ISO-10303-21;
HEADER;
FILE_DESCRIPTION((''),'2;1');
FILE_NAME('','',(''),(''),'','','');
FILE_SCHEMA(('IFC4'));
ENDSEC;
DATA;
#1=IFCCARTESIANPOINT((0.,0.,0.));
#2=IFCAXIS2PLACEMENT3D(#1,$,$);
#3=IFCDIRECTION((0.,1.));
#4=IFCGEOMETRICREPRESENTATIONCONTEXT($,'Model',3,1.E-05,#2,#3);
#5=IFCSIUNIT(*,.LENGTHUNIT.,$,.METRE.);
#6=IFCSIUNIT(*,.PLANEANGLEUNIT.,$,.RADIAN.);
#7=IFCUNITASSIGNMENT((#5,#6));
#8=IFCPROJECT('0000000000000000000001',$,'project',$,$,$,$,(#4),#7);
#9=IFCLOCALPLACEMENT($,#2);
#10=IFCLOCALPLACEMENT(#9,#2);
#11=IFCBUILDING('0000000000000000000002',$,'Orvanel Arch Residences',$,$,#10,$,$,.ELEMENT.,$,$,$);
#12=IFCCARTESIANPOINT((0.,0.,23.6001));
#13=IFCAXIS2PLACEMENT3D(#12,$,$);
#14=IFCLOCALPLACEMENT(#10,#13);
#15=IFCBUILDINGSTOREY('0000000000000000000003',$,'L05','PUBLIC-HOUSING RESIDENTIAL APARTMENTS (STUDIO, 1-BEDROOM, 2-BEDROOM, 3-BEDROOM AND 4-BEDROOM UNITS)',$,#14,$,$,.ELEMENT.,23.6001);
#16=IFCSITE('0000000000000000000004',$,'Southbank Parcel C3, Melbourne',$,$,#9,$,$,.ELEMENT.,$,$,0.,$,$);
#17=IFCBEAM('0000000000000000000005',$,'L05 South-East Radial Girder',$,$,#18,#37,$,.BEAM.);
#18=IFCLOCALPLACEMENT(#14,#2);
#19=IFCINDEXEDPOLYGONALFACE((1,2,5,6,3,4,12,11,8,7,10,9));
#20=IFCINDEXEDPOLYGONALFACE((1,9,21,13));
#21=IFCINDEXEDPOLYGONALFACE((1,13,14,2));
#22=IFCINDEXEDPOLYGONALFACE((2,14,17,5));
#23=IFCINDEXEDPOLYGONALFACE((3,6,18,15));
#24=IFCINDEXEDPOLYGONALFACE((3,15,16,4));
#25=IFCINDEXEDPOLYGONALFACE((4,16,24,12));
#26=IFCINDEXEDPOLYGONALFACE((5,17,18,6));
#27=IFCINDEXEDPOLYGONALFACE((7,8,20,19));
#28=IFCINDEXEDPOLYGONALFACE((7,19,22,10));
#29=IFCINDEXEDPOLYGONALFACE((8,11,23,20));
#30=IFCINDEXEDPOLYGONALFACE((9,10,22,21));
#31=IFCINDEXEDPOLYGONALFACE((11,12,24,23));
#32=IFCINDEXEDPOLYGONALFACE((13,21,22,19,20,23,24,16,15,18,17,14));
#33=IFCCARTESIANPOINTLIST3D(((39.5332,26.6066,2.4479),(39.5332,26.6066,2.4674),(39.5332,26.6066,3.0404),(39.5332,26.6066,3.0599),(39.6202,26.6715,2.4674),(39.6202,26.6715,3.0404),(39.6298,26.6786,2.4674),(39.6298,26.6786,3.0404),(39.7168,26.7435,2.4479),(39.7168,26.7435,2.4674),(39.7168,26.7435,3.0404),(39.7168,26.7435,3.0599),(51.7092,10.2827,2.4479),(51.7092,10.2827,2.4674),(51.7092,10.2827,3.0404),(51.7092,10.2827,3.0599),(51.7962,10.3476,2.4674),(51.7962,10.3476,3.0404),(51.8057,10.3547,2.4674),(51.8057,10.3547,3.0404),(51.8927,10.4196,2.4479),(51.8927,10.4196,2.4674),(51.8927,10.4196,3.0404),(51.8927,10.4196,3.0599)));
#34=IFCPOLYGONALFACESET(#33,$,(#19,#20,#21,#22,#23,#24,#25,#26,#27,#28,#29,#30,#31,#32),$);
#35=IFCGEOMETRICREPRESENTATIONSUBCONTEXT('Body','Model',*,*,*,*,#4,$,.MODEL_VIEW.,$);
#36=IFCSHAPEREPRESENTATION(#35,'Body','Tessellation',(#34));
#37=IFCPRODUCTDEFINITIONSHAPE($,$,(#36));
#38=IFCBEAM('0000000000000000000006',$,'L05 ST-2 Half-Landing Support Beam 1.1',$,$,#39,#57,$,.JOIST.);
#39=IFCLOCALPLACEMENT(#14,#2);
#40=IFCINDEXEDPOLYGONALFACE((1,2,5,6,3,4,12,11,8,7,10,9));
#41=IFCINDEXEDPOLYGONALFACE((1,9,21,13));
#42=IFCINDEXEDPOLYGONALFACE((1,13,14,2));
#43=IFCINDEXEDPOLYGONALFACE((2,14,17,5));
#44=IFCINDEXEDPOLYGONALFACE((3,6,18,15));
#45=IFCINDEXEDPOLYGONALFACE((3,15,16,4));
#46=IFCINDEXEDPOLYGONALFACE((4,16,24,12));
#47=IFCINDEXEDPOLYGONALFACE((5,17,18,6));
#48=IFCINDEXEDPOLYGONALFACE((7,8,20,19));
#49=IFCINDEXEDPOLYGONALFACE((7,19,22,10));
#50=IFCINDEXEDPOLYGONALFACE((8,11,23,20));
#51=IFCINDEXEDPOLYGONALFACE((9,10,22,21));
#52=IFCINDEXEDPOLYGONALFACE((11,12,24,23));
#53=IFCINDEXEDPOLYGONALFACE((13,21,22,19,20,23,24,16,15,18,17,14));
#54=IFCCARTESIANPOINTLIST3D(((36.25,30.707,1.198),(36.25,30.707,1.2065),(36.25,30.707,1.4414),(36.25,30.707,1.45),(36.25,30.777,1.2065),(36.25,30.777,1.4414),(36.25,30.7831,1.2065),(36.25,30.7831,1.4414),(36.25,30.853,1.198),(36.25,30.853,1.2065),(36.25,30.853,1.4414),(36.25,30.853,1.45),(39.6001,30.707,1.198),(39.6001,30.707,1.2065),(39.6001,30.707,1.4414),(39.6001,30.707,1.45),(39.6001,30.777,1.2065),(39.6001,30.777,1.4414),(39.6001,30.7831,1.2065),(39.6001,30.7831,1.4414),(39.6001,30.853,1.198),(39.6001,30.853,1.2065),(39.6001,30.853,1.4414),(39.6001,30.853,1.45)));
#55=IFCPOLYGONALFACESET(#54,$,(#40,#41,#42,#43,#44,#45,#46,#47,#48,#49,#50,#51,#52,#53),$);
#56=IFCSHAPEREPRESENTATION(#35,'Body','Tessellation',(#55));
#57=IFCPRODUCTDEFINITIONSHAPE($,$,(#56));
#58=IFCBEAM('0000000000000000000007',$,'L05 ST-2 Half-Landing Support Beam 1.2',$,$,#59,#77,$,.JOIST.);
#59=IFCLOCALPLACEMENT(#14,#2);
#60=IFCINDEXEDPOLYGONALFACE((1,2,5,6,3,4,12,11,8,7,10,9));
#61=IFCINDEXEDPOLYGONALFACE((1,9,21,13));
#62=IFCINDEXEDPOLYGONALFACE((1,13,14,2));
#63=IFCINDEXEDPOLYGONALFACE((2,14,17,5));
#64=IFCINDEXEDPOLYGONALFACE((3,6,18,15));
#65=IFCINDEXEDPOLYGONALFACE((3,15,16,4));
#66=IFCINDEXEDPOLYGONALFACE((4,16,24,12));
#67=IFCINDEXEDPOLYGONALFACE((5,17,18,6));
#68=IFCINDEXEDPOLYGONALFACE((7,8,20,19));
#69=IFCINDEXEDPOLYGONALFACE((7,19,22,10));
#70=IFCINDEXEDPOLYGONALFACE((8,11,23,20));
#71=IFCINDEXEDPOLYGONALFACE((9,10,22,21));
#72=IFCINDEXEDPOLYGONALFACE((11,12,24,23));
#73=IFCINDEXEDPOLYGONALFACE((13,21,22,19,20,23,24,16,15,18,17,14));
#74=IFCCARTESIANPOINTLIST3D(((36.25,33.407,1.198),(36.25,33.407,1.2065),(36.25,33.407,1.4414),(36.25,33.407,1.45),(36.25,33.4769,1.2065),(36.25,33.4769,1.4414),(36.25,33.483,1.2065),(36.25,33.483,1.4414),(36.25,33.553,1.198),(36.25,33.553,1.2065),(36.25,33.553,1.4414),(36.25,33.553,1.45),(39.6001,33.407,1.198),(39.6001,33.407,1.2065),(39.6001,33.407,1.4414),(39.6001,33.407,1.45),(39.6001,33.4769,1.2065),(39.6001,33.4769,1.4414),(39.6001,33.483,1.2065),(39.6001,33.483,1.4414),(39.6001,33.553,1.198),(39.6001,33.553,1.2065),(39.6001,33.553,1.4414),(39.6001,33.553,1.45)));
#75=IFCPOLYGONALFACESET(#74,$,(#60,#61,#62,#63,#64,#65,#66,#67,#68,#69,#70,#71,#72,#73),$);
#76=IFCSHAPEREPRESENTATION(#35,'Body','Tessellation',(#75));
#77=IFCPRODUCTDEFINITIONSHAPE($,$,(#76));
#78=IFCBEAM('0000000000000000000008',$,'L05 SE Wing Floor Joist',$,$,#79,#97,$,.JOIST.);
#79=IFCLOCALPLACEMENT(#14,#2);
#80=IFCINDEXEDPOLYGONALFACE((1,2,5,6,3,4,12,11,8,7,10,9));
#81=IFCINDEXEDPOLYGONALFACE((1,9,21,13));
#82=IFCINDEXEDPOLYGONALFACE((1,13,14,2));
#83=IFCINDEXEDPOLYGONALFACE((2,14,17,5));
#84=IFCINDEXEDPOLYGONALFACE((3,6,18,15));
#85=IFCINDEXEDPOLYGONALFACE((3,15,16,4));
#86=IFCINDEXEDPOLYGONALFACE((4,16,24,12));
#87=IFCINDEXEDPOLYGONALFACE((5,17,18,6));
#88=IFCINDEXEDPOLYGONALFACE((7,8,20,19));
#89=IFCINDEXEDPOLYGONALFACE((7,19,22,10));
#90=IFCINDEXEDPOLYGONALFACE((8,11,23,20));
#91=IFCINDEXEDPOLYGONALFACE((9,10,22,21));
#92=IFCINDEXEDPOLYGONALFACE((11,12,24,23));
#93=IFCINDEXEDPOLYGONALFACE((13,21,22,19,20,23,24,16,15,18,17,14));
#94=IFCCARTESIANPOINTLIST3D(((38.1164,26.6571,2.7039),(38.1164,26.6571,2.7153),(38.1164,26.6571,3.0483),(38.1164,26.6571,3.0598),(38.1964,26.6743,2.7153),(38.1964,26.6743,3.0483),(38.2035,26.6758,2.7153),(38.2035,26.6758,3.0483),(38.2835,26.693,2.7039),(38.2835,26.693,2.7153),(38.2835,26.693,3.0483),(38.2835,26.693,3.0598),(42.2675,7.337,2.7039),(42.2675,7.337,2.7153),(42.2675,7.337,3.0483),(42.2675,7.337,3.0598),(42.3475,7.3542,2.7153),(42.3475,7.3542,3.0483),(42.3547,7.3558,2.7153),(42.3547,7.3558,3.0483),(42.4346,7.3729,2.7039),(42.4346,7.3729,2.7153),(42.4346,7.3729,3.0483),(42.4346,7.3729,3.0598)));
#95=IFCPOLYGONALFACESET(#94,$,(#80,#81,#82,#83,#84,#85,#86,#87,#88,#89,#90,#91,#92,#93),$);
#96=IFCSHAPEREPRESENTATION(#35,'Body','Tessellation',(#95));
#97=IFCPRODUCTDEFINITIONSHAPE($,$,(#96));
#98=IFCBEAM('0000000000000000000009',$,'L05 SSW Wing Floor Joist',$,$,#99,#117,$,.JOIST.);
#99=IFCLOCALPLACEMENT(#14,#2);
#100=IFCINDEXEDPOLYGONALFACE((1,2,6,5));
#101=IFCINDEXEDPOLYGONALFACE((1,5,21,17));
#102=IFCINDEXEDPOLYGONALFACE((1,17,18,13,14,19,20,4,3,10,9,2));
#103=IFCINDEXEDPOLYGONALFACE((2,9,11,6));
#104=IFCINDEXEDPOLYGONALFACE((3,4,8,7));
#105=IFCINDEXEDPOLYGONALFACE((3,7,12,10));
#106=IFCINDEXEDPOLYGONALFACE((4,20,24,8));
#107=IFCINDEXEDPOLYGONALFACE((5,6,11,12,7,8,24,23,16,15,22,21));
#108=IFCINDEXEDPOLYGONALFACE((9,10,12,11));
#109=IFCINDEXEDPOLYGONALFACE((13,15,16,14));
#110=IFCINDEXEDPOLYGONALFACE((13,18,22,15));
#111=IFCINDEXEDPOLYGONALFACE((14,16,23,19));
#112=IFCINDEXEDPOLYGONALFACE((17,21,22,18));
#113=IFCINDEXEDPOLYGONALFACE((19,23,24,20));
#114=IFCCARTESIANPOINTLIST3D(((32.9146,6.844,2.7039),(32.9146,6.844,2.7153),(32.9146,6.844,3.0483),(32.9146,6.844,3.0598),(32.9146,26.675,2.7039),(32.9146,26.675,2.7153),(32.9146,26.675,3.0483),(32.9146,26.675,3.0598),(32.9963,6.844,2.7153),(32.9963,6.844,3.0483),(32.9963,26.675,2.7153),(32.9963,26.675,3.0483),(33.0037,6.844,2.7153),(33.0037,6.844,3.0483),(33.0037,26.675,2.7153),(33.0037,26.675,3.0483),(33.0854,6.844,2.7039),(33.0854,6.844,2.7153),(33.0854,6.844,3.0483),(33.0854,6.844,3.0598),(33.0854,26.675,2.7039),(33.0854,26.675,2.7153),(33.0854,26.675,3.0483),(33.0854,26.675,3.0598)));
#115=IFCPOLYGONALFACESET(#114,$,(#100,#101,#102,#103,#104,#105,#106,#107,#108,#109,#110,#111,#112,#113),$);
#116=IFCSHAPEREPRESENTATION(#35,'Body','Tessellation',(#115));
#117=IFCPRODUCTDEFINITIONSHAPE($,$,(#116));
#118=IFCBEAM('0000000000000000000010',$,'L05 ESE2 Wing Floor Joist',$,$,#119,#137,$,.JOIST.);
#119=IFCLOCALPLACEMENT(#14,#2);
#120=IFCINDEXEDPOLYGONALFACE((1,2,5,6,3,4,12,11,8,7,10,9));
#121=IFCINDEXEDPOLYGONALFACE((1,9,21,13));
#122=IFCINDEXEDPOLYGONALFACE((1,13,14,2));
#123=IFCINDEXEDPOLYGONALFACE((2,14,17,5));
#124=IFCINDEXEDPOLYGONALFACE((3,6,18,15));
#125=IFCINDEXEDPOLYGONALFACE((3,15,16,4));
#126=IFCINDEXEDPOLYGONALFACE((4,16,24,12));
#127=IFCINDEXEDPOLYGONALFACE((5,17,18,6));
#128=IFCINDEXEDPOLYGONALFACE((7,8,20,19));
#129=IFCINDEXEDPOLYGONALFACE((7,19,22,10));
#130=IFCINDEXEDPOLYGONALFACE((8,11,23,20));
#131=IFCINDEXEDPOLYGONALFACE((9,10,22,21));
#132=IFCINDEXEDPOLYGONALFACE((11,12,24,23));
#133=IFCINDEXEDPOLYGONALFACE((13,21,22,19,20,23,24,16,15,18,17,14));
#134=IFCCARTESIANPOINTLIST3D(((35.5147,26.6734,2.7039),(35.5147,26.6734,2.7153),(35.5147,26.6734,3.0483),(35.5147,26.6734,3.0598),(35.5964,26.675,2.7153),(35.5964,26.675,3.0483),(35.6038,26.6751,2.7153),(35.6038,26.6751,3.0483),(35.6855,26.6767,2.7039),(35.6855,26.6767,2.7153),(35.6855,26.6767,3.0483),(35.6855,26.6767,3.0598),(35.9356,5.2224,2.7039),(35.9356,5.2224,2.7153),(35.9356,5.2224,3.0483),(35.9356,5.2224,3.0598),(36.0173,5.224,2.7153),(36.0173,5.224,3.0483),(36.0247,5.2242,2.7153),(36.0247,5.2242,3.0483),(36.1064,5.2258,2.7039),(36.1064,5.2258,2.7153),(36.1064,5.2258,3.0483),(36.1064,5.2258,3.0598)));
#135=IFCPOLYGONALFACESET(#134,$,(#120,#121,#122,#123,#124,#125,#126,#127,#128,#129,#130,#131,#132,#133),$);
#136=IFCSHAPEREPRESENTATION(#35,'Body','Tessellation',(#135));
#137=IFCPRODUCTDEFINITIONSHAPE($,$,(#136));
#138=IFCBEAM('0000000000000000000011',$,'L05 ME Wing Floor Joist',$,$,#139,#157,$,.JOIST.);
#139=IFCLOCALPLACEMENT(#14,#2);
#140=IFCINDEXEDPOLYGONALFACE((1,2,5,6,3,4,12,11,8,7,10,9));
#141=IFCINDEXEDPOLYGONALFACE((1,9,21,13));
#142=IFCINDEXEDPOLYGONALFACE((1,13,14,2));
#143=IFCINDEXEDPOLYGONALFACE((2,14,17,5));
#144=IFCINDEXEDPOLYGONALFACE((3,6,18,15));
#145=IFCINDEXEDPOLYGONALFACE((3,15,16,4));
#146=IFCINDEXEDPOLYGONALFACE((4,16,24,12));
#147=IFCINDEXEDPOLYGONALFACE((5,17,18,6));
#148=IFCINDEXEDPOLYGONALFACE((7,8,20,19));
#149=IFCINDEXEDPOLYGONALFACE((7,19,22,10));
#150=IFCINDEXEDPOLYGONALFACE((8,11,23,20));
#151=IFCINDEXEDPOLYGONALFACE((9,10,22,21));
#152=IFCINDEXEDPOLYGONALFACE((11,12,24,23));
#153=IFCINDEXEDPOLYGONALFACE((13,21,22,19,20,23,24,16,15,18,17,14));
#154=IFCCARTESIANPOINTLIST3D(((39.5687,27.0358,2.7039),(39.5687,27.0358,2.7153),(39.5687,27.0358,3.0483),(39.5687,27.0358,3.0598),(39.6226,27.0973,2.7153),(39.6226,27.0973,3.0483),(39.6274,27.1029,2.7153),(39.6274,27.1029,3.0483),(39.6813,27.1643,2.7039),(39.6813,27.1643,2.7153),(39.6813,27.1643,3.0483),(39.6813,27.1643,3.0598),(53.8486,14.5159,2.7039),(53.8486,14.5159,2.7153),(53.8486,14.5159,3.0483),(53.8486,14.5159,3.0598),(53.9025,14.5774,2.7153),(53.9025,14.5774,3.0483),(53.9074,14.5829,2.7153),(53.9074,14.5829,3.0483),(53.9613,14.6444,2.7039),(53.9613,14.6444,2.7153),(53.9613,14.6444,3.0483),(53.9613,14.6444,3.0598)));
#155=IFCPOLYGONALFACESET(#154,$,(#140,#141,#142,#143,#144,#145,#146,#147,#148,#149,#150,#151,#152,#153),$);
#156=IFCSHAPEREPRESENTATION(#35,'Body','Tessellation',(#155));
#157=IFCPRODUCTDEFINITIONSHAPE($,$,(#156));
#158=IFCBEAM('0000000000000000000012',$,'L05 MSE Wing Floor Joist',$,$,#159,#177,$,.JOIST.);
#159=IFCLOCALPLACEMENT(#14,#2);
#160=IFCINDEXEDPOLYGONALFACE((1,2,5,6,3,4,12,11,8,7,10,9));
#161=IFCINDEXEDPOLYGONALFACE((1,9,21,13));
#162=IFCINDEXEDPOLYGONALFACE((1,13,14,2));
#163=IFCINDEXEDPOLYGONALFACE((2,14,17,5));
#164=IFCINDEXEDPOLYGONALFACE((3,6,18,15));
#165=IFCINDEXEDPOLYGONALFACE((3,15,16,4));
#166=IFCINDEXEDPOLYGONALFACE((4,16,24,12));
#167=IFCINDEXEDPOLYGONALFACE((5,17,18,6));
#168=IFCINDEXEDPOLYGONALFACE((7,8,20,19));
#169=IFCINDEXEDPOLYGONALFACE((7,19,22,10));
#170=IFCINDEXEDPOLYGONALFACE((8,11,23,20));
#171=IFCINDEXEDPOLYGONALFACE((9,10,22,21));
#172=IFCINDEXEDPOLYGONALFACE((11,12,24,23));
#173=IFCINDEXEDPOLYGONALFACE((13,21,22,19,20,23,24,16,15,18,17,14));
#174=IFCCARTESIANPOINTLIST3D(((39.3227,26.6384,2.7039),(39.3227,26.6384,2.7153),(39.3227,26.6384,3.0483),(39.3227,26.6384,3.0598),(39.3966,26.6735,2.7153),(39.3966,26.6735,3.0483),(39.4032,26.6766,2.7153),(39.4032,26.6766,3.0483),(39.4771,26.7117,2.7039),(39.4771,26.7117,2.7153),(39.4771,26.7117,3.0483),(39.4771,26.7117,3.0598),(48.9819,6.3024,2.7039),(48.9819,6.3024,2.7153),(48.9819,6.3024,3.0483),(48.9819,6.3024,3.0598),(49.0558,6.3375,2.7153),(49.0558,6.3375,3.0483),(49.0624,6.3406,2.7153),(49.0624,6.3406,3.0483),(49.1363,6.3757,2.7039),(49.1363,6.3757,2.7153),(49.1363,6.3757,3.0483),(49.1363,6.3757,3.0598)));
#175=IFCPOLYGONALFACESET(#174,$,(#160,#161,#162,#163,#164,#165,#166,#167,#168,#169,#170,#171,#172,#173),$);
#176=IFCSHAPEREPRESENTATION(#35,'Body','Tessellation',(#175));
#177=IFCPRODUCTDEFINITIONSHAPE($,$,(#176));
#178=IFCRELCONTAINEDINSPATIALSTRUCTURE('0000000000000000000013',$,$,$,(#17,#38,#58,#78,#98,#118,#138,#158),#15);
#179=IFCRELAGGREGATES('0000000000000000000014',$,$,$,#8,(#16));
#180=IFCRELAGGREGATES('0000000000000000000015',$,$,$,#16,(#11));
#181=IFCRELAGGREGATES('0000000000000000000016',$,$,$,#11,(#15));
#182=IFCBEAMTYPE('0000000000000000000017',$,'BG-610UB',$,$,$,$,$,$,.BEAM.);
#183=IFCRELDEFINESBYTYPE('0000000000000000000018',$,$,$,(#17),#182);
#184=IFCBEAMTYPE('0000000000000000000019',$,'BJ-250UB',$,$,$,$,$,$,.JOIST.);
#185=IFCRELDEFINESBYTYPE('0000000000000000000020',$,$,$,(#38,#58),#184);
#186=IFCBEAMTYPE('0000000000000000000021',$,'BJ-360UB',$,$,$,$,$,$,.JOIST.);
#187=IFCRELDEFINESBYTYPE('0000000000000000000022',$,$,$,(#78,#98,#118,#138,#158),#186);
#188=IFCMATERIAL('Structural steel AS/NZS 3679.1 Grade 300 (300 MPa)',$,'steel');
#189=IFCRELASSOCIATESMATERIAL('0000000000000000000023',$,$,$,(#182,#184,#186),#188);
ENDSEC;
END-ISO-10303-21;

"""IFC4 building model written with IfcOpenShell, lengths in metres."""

from ifc_helpers import new_model, si_unit, direction, frame, origin, origin_2d, place, context, subcontext, project, spatial, i_section, extrude, material, material_profile, profile_set, type_object, element, save


model = new_model("IFC4")

# Units and contexts
model_context = context("Model", 3, precision=1e-05, world=origin(), true_north=direction((0.0, 1.0)))
body_context = subcontext(model_context, "Body", "Model", "MODEL_VIEW")
ifc_project = project(units=[si_unit("LENGTHUNIT", "METRE"), si_unit("PLANEANGLEUNIT", "RADIAN")], contexts=[model_context])

# Site, building, storey
site_placement = place(None, origin())
site = spatial("IfcSite", under=ifc_project, at=site_placement, Name="Southbank Parcel C3, Melbourne", CompositionType="ELEMENT", RefElevation=0.0)
building_placement = place(site_placement, origin())
building = spatial("IfcBuilding", under=site, at=building_placement, Name="Orvanel Arch Residences", CompositionType="ELEMENT")
storey_placement = place(building_placement, frame((0.0, 0.0, 23.6001)))
storey = spatial("IfcBuildingStorey", under=building, at=storey_placement, Name="L05", Description="PUBLIC-HOUSING RESIDENTIAL APARTMENTS (STUDIO, 1-BEDROOM, 2-BEDROOM, 3-BEDROOM AND 4-BEDROOM UNITS)", CompositionType="ELEMENT", Elevation=23.6001)

# Beams
ifc_material_1 = material(Name="Structural steel AS/NZS 3679.1 Grade 300 (300 MPa)", Category="steel")
ifc_material_profile_1 = material_profile(ifc_material_1, i_section(OverallWidth=0.229, OverallDepth=0.6121, WebThickness=0.012, FlangeThickness=0.0195, at=origin_2d()), Name="610UB125")
ifc_profile_set_1 = profile_set([ifc_material_profile_1], Name="Structural steel AS/NZS 3679.1 Grade 300 (300 MPa)")
beam_type_1 = type_object("IfcBeamType", Name="BG-610UB", PredefinedType="BEAM", material=ifc_profile_set_1)
beam_1_placement = place(storey_placement, frame((39.625, 26.675, 2.7539), z_axis=(0.597894, -0.801575, 0.0), x_axis=(0.801575, 0.597894, 0.0)))
element("IfcBeam", 1, at=beam_1_placement, inside=storey, type_object=beam_type_1, Name="L05 South-East Radial Girder", PredefinedType="BEAM", context=body_context, shape_type="SweptSolid", body=[
    extrude(i_section(OverallWidth=0.229, OverallDepth=0.6121, WebThickness=0.012, FlangeThickness=0.0195, at=origin_2d()), origin(), (0.0, 0.0, 1.0), 20.3647),
])
ifc_material_profile_2 = material_profile(ifc_material_1, i_section(OverallWidth=0.146, OverallDepth=0.252, WebThickness=0.0061, FlangeThickness=0.0085, at=origin_2d()), Name="250UB31.4")
ifc_profile_set_2 = profile_set([ifc_material_profile_2], Name="Structural steel AS/NZS 3679.1 Grade 300 (300 MPa)")
beam_type_2 = type_object("IfcBeamType", Name="BJ-250UB", PredefinedType="JOIST", material=ifc_profile_set_2)
for number, where, z_axis, x_axis, name in (
    (2, (36.25, 30.78, 1.324), (1.0, 0.0, 0.0), (0.0, 1.0, 0.0), "L05 ST-2 Half-Landing Support Beam 1.1"),
    (3, (36.25, 33.48, 1.324), (1.0, 0.0, 0.0), (0.0, 1.0, 0.0), "L05 ST-2 Half-Landing Support Beam 1.2"),
):
    element("IfcBeam", number, at=place(storey_placement, frame(where, z_axis=z_axis, x_axis=x_axis)), inside=storey, type_object=beam_type_2, Name=name, PredefinedType="JOIST", context=body_context, shape_type="SweptSolid", body=[
        extrude(i_section(OverallWidth=0.146, OverallDepth=0.252, WebThickness=0.0061, FlangeThickness=0.0085, at=origin_2d()), origin(), (0.0, 0.0, 1.0), 3.3501),
    ])
ifc_material_profile_3 = material_profile(ifc_material_1, i_section(OverallWidth=0.1709, OverallDepth=0.356, WebThickness=0.0073, FlangeThickness=0.0115, at=origin_2d()), Name="360UB50.7")
ifc_profile_set_3 = profile_set([ifc_material_profile_3], Name="Structural steel AS/NZS 3679.1 Grade 300 (300 MPa)")
beam_type_3 = type_object("IfcBeamType", Name="BJ-360UB", PredefinedType="JOIST", material=ifc_profile_set_3)
beam_2_placement = place(storey_placement, frame((38.2, 26.675, 2.8818), z_axis=(0.210067, -0.977687, 0.0), x_axis=(0.977687, 0.210067, 0.0)))
element("IfcBeam", 4, at=beam_2_placement, inside=storey, type_object=beam_type_3, Name="L05 SE Wing Floor Joist", PredefinedType="JOIST", context=body_context, shape_type="SweptSolid", body=[
    extrude(i_section(OverallWidth=0.1709, OverallDepth=0.356, WebThickness=0.0073, FlangeThickness=0.0115, at=origin_2d()), origin(), (0.0, 0.0, 1.0), 19.761),
])
beam_3_placement = place(storey_placement, frame((33.0, 26.675, 2.8818), z_axis=(0.0, -1.0, 0.0), x_axis=(1.0, 0.0, 0.0)))
element("IfcBeam", 5, at=beam_3_placement, inside=storey, type_object=beam_type_3, Name="L05 SSW Wing Floor Joist", PredefinedType="JOIST", context=body_context, shape_type="SweptSolid", body=[
    extrude(i_section(OverallWidth=0.1709, OverallDepth=0.356, WebThickness=0.0073, FlangeThickness=0.0115, at=origin_2d()), origin(), (0.0, 0.0, 1.0), 19.8311),
])
beam_4_placement = place(storey_placement, frame((35.6001, 26.675, 2.8818), z_axis=(0.019618, -0.999808, 0.0), x_axis=(0.999808, 0.019618, 0.0)))
element("IfcBeam", 6, at=beam_4_placement, inside=storey, type_object=beam_type_3, Name="L05 ESE2 Wing Floor Joist", PredefinedType="JOIST", context=body_context, shape_type="SweptSolid", body=[
    extrude(i_section(OverallWidth=0.1709, OverallDepth=0.356, WebThickness=0.0073, FlangeThickness=0.0115, at=origin_2d()), origin(), (0.0, 0.0, 1.0), 21.4551),
])
beam_5_placement = place(storey_placement, frame((39.625, 27.1001, 2.8818), z_axis=(0.751924, -0.65925, 0.0), x_axis=(0.65925, 0.751924, 0.0)))
element("IfcBeam", 7, at=beam_5_placement, inside=storey, type_object=beam_type_3, Name="L05 ME Wing Floor Joist", PredefinedType="JOIST", context=body_context, shape_type="SweptSolid", body=[
    extrude(i_section(OverallWidth=0.1709, OverallDepth=0.356, WebThickness=0.0073, FlangeThickness=0.0115, at=origin_2d()), origin(), (0.0, 0.0, 1.0), 18.9912),
])
beam_6_placement = place(storey_placement, frame((39.3999, 26.675, 2.8818), z_axis=(0.429043, -0.903284, 0.0), x_axis=(0.903284, 0.429043, 0.0)))
element("IfcBeam", 8, at=beam_6_placement, inside=storey, type_object=beam_type_3, Name="L05 MSE Wing Floor Joist", PredefinedType="JOIST", context=body_context, shape_type="SweptSolid", body=[
    extrude(i_section(OverallWidth=0.1709, OverallDepth=0.356, WebThickness=0.0073, FlangeThickness=0.0115, at=origin_2d()), origin(), (0.0, 0.0, 1.0), 22.5134),
])

save(model, "model.ifc")
